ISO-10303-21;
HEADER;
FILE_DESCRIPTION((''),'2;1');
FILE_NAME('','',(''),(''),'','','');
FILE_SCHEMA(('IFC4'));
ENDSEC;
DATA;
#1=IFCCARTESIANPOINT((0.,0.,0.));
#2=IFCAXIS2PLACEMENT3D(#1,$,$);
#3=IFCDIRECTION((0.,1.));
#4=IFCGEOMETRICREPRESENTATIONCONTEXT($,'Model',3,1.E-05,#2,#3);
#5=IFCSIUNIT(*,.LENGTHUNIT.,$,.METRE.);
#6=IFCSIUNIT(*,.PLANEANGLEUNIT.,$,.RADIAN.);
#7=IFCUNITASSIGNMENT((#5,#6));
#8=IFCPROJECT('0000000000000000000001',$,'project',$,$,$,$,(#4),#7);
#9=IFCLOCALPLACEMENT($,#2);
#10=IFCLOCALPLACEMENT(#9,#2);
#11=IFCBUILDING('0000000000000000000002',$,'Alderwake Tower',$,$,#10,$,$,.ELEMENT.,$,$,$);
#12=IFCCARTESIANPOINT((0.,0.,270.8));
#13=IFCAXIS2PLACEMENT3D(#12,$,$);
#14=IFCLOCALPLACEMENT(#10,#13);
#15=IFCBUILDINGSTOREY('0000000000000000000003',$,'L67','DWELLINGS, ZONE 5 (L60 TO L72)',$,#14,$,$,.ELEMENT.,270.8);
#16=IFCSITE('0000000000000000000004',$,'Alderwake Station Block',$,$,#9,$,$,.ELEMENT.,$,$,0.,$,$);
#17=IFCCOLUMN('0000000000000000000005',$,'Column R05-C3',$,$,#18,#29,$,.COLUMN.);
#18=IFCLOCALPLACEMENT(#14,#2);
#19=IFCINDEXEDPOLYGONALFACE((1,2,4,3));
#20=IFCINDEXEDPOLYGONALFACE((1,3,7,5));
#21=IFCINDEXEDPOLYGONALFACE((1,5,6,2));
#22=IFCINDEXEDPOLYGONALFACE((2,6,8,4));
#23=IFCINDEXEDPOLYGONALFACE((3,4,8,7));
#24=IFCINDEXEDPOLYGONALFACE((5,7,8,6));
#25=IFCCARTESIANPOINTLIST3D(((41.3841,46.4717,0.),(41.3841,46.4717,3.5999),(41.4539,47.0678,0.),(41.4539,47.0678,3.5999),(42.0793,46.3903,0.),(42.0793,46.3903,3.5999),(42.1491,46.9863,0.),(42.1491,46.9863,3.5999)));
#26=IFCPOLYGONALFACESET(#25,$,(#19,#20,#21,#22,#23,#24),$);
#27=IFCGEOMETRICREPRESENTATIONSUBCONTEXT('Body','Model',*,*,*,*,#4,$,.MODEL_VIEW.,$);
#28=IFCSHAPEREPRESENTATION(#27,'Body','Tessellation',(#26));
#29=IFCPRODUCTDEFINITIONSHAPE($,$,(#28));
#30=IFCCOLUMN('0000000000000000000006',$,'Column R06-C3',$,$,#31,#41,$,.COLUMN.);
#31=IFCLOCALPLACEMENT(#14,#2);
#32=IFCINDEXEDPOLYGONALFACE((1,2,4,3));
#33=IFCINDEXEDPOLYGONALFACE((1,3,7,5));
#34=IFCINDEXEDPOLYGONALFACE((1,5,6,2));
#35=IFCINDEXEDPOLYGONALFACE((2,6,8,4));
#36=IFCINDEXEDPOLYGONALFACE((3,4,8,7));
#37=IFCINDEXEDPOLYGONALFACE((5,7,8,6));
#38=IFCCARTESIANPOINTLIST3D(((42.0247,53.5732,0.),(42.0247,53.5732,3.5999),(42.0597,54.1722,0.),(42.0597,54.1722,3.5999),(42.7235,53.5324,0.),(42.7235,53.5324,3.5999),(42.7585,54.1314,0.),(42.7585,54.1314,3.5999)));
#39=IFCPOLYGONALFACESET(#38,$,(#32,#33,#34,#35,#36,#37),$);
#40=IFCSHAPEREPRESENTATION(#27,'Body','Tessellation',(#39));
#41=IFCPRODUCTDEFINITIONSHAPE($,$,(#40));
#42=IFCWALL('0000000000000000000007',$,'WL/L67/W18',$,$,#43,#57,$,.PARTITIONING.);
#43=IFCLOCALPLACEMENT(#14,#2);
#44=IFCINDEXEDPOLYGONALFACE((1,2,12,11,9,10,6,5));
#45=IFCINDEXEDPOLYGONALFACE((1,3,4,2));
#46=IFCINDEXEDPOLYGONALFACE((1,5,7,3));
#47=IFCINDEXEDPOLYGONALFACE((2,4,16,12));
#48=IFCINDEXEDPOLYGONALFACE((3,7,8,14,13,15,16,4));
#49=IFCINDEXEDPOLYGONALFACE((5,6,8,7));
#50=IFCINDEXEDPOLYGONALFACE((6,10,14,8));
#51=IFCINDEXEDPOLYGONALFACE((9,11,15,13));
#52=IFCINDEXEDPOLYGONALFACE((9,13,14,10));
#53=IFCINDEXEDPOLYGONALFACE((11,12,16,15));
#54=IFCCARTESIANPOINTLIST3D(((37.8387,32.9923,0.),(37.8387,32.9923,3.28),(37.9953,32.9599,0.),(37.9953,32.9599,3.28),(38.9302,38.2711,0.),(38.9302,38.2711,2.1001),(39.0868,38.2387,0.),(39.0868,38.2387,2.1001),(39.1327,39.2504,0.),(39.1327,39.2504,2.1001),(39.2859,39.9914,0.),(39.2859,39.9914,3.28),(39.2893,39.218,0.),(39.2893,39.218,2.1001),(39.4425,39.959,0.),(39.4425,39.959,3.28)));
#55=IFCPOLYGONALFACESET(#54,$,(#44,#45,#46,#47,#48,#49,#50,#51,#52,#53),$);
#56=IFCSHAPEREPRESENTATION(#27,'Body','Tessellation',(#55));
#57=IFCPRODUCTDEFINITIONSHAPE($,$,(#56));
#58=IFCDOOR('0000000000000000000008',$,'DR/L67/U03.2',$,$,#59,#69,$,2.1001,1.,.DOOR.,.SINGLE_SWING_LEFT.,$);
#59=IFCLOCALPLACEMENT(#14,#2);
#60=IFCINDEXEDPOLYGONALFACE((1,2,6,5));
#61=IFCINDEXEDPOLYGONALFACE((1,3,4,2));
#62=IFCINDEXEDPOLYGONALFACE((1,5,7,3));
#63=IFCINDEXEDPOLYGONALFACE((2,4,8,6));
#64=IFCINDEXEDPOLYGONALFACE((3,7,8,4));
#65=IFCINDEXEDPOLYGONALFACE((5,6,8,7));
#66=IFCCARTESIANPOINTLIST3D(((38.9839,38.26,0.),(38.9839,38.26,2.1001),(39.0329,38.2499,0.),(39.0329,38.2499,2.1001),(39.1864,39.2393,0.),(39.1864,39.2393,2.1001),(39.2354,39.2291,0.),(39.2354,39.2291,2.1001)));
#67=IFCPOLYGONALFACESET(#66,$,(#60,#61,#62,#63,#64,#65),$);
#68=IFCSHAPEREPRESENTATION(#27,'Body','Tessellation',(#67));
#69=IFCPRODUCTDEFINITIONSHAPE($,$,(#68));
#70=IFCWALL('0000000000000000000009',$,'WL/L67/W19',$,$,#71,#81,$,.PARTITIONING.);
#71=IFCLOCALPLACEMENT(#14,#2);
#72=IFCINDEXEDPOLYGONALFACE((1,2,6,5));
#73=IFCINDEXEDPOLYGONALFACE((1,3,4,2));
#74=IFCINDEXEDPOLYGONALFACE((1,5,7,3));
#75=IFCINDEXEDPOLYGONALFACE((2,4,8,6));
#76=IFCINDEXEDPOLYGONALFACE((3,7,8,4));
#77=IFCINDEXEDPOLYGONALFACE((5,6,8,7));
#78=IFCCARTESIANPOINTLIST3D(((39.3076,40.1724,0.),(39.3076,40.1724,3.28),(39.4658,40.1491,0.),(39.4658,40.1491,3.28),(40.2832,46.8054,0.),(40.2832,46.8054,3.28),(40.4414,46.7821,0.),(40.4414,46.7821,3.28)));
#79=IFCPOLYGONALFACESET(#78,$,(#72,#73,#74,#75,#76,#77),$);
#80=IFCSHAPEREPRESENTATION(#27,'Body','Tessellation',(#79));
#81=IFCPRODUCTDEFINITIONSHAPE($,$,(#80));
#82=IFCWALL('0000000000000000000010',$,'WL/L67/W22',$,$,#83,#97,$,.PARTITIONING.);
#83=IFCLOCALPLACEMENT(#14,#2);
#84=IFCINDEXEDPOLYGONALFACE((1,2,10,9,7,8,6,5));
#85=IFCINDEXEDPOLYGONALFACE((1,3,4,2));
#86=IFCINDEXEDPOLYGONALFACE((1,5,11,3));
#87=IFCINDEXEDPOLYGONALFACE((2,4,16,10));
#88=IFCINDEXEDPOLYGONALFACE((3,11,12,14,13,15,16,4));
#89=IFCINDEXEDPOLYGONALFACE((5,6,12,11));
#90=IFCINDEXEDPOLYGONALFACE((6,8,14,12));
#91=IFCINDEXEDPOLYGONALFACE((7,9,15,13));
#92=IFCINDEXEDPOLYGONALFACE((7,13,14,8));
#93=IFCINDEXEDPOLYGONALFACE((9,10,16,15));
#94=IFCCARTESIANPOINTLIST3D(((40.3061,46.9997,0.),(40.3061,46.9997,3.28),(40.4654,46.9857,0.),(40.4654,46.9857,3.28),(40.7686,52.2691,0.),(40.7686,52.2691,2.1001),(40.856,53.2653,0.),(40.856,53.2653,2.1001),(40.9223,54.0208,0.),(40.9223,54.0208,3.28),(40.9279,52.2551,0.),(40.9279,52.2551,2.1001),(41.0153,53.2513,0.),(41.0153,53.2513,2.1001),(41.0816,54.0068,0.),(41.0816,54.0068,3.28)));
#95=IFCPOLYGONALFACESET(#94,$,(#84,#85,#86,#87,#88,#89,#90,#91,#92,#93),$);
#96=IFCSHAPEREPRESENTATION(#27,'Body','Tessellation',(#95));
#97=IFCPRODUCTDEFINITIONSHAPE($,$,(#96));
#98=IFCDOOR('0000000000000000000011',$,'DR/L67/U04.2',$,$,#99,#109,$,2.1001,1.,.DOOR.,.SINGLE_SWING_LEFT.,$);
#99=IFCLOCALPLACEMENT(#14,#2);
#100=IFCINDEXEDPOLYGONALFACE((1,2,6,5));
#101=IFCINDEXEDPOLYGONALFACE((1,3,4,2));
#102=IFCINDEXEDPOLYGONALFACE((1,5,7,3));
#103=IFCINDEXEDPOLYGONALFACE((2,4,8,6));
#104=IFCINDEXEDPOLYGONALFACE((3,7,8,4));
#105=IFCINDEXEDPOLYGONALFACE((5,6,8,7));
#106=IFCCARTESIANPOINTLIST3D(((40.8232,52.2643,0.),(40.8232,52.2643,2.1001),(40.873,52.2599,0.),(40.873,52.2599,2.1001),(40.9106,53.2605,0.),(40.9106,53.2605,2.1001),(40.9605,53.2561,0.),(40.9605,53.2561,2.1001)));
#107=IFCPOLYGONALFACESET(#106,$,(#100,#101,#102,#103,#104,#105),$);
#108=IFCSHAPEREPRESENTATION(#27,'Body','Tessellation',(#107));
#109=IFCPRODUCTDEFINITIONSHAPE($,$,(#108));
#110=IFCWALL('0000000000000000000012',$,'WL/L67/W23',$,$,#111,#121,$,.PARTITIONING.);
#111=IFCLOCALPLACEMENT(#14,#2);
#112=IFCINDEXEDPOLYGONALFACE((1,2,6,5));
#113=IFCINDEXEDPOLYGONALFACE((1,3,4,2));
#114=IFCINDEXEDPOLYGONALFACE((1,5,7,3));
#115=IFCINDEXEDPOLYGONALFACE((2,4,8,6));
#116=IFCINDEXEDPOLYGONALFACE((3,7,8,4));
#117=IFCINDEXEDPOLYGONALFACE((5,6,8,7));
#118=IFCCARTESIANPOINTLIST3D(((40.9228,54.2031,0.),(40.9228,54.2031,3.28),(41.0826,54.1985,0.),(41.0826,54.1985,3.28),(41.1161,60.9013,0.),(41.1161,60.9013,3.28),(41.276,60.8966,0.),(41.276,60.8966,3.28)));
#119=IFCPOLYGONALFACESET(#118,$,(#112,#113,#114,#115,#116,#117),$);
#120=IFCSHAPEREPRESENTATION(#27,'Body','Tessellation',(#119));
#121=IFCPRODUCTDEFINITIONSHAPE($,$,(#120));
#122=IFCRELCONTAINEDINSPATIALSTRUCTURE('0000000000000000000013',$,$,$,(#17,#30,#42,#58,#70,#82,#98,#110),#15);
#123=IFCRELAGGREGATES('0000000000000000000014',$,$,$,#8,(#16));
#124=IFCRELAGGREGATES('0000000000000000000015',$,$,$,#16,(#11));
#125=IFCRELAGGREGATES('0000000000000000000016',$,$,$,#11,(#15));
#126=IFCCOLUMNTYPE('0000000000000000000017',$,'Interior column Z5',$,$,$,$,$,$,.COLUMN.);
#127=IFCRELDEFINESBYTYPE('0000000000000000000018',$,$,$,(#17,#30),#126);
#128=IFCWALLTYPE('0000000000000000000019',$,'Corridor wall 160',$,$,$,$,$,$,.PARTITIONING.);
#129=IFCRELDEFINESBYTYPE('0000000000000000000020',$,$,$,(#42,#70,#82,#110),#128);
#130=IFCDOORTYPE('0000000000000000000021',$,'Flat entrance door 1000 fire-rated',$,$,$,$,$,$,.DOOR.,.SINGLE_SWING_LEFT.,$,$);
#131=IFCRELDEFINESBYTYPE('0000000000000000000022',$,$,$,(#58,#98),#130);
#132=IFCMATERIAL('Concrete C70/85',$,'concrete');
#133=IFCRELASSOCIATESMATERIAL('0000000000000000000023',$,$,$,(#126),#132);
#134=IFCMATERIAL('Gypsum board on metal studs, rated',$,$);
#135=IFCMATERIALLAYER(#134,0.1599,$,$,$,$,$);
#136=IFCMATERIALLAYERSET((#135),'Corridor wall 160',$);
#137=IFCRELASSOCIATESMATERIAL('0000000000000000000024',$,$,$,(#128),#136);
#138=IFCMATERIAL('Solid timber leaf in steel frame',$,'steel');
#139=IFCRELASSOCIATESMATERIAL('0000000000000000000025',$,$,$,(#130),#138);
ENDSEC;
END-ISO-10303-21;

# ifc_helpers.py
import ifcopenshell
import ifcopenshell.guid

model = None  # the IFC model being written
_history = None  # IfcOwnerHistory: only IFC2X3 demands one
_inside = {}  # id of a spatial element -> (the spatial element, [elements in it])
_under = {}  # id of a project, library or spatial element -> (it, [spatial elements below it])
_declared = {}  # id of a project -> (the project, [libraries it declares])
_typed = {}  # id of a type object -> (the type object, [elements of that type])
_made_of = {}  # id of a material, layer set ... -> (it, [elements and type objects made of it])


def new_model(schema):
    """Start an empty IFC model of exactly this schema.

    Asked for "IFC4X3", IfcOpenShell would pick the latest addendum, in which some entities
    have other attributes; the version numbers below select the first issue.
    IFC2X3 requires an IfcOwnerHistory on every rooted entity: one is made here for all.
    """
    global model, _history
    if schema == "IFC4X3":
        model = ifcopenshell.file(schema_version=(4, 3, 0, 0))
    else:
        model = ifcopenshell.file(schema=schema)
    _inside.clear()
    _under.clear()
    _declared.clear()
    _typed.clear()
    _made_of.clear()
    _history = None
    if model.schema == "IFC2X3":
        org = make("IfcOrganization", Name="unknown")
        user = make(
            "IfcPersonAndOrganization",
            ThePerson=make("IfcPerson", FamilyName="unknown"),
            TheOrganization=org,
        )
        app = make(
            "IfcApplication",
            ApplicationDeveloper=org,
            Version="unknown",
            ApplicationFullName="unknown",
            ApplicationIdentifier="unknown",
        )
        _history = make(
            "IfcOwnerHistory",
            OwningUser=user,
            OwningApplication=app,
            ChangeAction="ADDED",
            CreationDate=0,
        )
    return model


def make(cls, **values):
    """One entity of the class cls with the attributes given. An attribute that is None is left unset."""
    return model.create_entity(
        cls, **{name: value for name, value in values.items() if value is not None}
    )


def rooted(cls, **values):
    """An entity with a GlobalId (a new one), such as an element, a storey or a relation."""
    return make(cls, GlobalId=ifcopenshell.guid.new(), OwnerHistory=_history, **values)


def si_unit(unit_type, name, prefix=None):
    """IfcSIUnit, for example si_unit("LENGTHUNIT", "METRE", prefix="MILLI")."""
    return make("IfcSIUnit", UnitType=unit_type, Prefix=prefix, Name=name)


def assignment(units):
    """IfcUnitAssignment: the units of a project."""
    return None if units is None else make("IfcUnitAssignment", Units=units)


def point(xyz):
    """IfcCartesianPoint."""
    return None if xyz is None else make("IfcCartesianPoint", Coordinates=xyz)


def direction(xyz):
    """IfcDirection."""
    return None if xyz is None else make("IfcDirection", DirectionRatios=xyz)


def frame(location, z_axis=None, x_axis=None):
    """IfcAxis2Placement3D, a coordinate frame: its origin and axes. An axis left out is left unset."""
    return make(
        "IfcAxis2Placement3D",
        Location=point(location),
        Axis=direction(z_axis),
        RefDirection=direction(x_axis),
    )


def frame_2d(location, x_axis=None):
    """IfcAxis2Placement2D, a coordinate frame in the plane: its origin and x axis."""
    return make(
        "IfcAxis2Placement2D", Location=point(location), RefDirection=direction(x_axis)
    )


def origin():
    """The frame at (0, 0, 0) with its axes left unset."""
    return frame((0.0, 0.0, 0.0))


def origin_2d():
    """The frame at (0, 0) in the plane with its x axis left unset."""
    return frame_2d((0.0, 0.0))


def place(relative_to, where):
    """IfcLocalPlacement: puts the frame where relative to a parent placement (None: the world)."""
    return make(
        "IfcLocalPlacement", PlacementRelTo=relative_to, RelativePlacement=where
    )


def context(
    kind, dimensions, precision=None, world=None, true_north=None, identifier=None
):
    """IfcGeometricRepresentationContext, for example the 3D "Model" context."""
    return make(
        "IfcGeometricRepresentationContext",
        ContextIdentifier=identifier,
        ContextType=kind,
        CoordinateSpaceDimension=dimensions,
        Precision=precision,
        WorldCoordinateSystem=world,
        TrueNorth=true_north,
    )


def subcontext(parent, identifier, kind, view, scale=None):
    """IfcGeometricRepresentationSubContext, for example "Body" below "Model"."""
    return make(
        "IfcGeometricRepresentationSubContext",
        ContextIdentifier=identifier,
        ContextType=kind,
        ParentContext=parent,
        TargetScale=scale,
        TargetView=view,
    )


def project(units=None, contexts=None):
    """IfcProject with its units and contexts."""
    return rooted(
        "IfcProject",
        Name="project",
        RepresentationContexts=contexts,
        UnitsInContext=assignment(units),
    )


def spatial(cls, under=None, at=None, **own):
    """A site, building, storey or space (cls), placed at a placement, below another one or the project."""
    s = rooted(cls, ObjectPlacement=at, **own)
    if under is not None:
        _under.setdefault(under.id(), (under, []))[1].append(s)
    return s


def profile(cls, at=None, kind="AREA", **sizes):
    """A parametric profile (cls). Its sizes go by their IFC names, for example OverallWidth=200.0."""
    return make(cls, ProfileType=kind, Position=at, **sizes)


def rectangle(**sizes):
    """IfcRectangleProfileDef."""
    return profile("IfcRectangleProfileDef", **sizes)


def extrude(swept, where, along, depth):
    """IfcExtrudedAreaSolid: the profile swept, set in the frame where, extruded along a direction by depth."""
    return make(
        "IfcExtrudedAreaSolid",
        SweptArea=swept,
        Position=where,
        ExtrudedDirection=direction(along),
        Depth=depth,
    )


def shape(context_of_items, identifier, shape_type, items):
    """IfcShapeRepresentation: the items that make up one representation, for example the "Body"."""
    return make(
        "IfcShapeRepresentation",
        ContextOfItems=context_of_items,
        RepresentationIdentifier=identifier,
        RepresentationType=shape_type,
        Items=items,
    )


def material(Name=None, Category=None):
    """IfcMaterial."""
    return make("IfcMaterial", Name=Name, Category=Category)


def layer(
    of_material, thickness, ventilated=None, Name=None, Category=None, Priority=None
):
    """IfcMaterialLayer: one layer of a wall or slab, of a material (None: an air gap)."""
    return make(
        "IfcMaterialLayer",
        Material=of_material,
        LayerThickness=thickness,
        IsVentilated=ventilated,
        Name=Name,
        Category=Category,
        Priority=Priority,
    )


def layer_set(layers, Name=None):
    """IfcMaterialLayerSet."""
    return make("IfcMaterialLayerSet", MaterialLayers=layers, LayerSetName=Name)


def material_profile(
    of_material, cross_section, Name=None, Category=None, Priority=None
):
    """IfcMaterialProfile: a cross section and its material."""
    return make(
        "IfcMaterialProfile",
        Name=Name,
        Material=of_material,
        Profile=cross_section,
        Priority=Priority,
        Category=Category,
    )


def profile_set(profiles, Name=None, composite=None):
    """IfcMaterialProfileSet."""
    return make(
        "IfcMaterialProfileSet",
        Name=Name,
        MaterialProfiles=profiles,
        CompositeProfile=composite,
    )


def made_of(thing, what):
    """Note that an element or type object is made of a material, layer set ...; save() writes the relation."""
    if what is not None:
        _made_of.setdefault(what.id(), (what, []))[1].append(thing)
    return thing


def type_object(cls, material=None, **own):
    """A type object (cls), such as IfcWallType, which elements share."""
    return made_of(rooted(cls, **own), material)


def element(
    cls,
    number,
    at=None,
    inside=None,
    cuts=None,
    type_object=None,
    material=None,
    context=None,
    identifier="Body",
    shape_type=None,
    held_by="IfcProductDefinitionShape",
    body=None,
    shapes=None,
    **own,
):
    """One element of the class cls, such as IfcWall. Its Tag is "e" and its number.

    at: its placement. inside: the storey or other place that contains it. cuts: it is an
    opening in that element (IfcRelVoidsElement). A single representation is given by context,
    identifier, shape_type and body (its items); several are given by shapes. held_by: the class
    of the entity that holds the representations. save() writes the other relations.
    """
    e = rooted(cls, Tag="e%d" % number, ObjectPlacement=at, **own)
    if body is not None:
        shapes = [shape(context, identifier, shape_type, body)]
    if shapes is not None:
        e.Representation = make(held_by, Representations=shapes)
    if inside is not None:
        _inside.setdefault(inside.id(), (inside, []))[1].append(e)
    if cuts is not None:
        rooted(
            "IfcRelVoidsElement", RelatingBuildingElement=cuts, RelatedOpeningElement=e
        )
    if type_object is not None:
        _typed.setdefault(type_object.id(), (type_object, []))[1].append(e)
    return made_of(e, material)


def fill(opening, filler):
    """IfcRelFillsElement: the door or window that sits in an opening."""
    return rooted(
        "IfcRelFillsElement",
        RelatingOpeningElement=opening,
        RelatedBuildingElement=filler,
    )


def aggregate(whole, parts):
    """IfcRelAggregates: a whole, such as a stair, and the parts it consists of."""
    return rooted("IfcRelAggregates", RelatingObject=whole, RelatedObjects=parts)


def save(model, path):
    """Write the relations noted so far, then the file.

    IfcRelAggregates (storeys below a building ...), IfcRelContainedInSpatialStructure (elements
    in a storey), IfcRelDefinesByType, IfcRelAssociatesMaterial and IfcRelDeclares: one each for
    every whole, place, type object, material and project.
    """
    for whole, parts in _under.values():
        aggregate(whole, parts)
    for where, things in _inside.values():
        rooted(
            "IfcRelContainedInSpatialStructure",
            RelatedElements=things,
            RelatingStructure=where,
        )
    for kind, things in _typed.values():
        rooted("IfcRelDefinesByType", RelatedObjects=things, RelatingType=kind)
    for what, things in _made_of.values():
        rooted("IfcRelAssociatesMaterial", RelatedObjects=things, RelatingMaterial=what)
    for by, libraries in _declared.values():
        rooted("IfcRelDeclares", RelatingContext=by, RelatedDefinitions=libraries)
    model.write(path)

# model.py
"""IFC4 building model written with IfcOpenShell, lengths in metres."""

from ifc_helpers import new_model, si_unit, direction, frame, frame_2d, origin, origin_2d, place, context, subcontext, project, spatial, rectangle, extrude, material, layer, layer_set, material_profile, profile_set, type_object, element, fill, save


model = new_model("IFC4")

# Units and contexts
model_context = context("Model", 3, precision=1e-05, world=origin(), true_north=direction((0.0, 1.0)))
body_context = subcontext(model_context, "Body", "Model", "MODEL_VIEW")
ifc_project = project(units=[si_unit("LENGTHUNIT", "METRE"), si_unit("PLANEANGLEUNIT", "RADIAN")], contexts=[model_context])

# Site, building, storey
site_placement = place(None, origin())
site = spatial("IfcSite", under=ifc_project, at=site_placement, Name="Alderwake Station Block", CompositionType="ELEMENT", RefElevation=0.0)
building_placement = place(site_placement, origin())
building = spatial("IfcBuilding", under=site, at=building_placement, Name="Alderwake Tower", CompositionType="ELEMENT")
storey_placement = place(building_placement, frame((0.0, 0.0, 270.8)))
storey = spatial("IfcBuildingStorey", under=building, at=storey_placement, Name="L67", Description="DWELLINGS, ZONE 5 (L60 TO L72)", CompositionType="ELEMENT", Elevation=270.8)

# Columns
ifc_material_1 = material(Name="Concrete C70/85", Category="concrete")
ifc_material_profile = material_profile(ifc_material_1, rectangle(XDim=0.6001, YDim=0.7, at=origin_2d()), Name="RC 700X600")
ifc_profile_set = profile_set([ifc_material_profile], Name="Concrete C70/85")
column_type = type_object("IfcColumnType", Name="Interior column Z5", PredefinedType="COLUMN", material=ifc_profile_set)
for number, where, z_axis, x_axis, name in (
    (1, (41.7666, 46.729, 0.0), (0.0, 0.0, 1.0), (0.116402, 0.993202, 0.0), "Column R05-C3"),
    (2, (42.3916, 53.8523, 0.0), (0.0, 0.0, 1.0), (0.058299, 0.998299, 0.0), "Column R06-C3"),
):
    element("IfcColumn", number, at=place(storey_placement, frame(where, z_axis=z_axis, x_axis=x_axis)), inside=storey, type_object=column_type, Name=name, PredefinedType="COLUMN", context=body_context, shape_type="SweptSolid", body=[
        extrude(rectangle(XDim=0.6001, YDim=0.7, at=origin_2d()), origin(), (0.0, 0.0, 1.0), 3.5999),
    ])

# Wall, opening, door
ifc_material_2 = material(Name="Gypsum board on metal studs, rated")
ifc_layer_1 = layer(ifc_material_2, 0.1599)
ifc_layer_set_1 = layer_set([ifc_layer_1], Name="Corridor wall 160")
wall_type_1 = type_object("IfcWallType", Name="Corridor wall 160", PredefinedType="PARTITIONING", material=ifc_layer_set_1)
wall_1_placement = place(storey_placement, frame((39.3643, 39.9753, 0.0), z_axis=(0.0, 0.0, 1.0), x_axis=(-0.20249, -0.979284, 0.0)))
wall_1 = element("IfcWall", 3, at=wall_1_placement, inside=storey, type_object=wall_type_1, Name="WL/L67/W18", PredefinedType="PARTITIONING", context=body_context, shape_type="SweptSolid", body=[
    extrude(rectangle(XDim=7.1472, YDim=0.1599, at=frame_2d((3.5737, 0.0))), origin(), (0.0, 0.0, 1.0), 3.28),
])
opening_1_placement = place(wall_1_placement, frame((0.7568, 0.0, 0.0)))
opening_1 = element("IfcOpeningElement", 4, at=opening_1_placement, cuts=wall_1, PredefinedType="OPENING", context=body_context, shape_type="SweptSolid", body=[
    extrude(rectangle(XDim=1.0, YDim=2.1001, at=frame_2d((0.5, 1.05))), frame((0.0, 0.0898, 0.0), z_axis=(0.0, -1.0, 0.0), x_axis=(1.0, 0.0, 0.0)), (0.0, 0.0, 1.0), 0.1799),
])
ifc_material_3 = material(Name="Solid timber leaf in steel frame", Category="steel")
door_type_1 = type_object("IfcDoorType", Name="Flat entrance door 1000 fire-rated", OperationType="SINGLE_SWING_LEFT", PredefinedType="DOOR", material=ifc_material_3)
door_1_placement = place(opening_1_placement, origin())
door_1 = element("IfcDoor", 5, at=door_1_placement, inside=storey, type_object=door_type_1, Name="DR/L67/U03.2", OperationType="SINGLE_SWING_LEFT", OverallHeight=2.1001, OverallWidth=1.0, PredefinedType="DOOR", context=body_context, shape_type="SweptSolid", body=[
    extrude(rectangle(XDim=1.0, YDim=2.1001, at=frame_2d((0.5, 1.05))), frame((0.0, 0.0249, 0.0), z_axis=(0.0, -1.0, 0.0), x_axis=(1.0, 0.0, 0.0)), (0.0, 0.0, 1.0), 0.05),
])
fill(opening_1, door_1)

# Wall
wall_2_placement = place(storey_placement, frame((39.3867, 40.1609, 0.0), z_axis=(0.0, 0.0, 1.0), x_axis=(0.145514, 0.989356, 0.0)))
element("IfcWall", 6, at=wall_2_placement, inside=storey, type_object=wall_type_1, Name="WL/L67/W19", PredefinedType="PARTITIONING", context=body_context, shape_type="SweptSolid", body=[
    extrude(rectangle(XDim=6.7043, YDim=0.1599, at=frame_2d((3.3521, 0.0))), origin(), (0.0, 0.0, 1.0), 3.28),
])

# Wall, opening, door
wall_3_placement = place(storey_placement, frame((41.002, 54.0137, 0.0), z_axis=(0.0, 0.0, 1.0), x_axis=(-0.087431, -0.996171, 0.0)))
wall_3 = element("IfcWall", 7, at=wall_3_placement, inside=storey, type_object=wall_type_1, Name="WL/L67/W22", PredefinedType="PARTITIONING", context=body_context, shape_type="SweptSolid", body=[
    extrude(rectangle(XDim=7.0481, YDim=0.1599, at=frame_2d((3.5239, 0.0))), origin(), (0.0, 0.0, 1.0), 3.28),
])
opening_2_placement = place(wall_3_placement, frame((0.7583, 0.0, 0.0)))
opening_2 = element("IfcOpeningElement", 8, at=opening_2_placement, cuts=wall_3, PredefinedType="OPENING", context=body_context, shape_type="SweptSolid", body=[
    extrude(rectangle(XDim=1.0, YDim=2.1001, at=frame_2d((0.5, 1.05))), frame((0.0, 0.0898, 0.0), z_axis=(0.0, -1.0, 0.0), x_axis=(1.0, 0.0, 0.0)), (0.0, 0.0, 1.0), 0.1799),
])
door_2_placement = place(opening_2_placement, origin())
door_2 = element("IfcDoor", 9, at=door_2_placement, inside=storey, type_object=door_type_1, Name="DR/L67/U04.2", OperationType="SINGLE_SWING_LEFT", OverallHeight=2.1001, OverallWidth=1.0, PredefinedType="DOOR", context=body_context, shape_type="SweptSolid", body=[
    extrude(rectangle(XDim=1.0, YDim=2.1001, at=frame_2d((0.5, 1.05))), frame((0.0, 0.0249, 0.0), z_axis=(0.0, -1.0, 0.0), x_axis=(1.0, 0.0, 0.0)), (0.0, 0.0, 1.0), 0.05),
])
fill(opening_2, door_2)

# Wall
wall_4_placement = place(storey_placement, frame((41.0027, 54.2007, 0.0), z_axis=(0.0, 0.0, 1.0), x_axis=(0.028855, 0.999584, 0.0)))
element("IfcWall", 10, at=wall_4_placement, inside=storey, type_object=wall_type_1, Name="WL/L67/W23", PredefinedType="PARTITIONING", context=body_context, shape_type="SweptSolid", body=[
    extrude(rectangle(XDim=6.7009, YDim=0.1599, at=frame_2d((3.3506, 0.0))), origin(), (0.0, 0.0, 1.0), 3.28),
])

save(model, "model.ifc")
